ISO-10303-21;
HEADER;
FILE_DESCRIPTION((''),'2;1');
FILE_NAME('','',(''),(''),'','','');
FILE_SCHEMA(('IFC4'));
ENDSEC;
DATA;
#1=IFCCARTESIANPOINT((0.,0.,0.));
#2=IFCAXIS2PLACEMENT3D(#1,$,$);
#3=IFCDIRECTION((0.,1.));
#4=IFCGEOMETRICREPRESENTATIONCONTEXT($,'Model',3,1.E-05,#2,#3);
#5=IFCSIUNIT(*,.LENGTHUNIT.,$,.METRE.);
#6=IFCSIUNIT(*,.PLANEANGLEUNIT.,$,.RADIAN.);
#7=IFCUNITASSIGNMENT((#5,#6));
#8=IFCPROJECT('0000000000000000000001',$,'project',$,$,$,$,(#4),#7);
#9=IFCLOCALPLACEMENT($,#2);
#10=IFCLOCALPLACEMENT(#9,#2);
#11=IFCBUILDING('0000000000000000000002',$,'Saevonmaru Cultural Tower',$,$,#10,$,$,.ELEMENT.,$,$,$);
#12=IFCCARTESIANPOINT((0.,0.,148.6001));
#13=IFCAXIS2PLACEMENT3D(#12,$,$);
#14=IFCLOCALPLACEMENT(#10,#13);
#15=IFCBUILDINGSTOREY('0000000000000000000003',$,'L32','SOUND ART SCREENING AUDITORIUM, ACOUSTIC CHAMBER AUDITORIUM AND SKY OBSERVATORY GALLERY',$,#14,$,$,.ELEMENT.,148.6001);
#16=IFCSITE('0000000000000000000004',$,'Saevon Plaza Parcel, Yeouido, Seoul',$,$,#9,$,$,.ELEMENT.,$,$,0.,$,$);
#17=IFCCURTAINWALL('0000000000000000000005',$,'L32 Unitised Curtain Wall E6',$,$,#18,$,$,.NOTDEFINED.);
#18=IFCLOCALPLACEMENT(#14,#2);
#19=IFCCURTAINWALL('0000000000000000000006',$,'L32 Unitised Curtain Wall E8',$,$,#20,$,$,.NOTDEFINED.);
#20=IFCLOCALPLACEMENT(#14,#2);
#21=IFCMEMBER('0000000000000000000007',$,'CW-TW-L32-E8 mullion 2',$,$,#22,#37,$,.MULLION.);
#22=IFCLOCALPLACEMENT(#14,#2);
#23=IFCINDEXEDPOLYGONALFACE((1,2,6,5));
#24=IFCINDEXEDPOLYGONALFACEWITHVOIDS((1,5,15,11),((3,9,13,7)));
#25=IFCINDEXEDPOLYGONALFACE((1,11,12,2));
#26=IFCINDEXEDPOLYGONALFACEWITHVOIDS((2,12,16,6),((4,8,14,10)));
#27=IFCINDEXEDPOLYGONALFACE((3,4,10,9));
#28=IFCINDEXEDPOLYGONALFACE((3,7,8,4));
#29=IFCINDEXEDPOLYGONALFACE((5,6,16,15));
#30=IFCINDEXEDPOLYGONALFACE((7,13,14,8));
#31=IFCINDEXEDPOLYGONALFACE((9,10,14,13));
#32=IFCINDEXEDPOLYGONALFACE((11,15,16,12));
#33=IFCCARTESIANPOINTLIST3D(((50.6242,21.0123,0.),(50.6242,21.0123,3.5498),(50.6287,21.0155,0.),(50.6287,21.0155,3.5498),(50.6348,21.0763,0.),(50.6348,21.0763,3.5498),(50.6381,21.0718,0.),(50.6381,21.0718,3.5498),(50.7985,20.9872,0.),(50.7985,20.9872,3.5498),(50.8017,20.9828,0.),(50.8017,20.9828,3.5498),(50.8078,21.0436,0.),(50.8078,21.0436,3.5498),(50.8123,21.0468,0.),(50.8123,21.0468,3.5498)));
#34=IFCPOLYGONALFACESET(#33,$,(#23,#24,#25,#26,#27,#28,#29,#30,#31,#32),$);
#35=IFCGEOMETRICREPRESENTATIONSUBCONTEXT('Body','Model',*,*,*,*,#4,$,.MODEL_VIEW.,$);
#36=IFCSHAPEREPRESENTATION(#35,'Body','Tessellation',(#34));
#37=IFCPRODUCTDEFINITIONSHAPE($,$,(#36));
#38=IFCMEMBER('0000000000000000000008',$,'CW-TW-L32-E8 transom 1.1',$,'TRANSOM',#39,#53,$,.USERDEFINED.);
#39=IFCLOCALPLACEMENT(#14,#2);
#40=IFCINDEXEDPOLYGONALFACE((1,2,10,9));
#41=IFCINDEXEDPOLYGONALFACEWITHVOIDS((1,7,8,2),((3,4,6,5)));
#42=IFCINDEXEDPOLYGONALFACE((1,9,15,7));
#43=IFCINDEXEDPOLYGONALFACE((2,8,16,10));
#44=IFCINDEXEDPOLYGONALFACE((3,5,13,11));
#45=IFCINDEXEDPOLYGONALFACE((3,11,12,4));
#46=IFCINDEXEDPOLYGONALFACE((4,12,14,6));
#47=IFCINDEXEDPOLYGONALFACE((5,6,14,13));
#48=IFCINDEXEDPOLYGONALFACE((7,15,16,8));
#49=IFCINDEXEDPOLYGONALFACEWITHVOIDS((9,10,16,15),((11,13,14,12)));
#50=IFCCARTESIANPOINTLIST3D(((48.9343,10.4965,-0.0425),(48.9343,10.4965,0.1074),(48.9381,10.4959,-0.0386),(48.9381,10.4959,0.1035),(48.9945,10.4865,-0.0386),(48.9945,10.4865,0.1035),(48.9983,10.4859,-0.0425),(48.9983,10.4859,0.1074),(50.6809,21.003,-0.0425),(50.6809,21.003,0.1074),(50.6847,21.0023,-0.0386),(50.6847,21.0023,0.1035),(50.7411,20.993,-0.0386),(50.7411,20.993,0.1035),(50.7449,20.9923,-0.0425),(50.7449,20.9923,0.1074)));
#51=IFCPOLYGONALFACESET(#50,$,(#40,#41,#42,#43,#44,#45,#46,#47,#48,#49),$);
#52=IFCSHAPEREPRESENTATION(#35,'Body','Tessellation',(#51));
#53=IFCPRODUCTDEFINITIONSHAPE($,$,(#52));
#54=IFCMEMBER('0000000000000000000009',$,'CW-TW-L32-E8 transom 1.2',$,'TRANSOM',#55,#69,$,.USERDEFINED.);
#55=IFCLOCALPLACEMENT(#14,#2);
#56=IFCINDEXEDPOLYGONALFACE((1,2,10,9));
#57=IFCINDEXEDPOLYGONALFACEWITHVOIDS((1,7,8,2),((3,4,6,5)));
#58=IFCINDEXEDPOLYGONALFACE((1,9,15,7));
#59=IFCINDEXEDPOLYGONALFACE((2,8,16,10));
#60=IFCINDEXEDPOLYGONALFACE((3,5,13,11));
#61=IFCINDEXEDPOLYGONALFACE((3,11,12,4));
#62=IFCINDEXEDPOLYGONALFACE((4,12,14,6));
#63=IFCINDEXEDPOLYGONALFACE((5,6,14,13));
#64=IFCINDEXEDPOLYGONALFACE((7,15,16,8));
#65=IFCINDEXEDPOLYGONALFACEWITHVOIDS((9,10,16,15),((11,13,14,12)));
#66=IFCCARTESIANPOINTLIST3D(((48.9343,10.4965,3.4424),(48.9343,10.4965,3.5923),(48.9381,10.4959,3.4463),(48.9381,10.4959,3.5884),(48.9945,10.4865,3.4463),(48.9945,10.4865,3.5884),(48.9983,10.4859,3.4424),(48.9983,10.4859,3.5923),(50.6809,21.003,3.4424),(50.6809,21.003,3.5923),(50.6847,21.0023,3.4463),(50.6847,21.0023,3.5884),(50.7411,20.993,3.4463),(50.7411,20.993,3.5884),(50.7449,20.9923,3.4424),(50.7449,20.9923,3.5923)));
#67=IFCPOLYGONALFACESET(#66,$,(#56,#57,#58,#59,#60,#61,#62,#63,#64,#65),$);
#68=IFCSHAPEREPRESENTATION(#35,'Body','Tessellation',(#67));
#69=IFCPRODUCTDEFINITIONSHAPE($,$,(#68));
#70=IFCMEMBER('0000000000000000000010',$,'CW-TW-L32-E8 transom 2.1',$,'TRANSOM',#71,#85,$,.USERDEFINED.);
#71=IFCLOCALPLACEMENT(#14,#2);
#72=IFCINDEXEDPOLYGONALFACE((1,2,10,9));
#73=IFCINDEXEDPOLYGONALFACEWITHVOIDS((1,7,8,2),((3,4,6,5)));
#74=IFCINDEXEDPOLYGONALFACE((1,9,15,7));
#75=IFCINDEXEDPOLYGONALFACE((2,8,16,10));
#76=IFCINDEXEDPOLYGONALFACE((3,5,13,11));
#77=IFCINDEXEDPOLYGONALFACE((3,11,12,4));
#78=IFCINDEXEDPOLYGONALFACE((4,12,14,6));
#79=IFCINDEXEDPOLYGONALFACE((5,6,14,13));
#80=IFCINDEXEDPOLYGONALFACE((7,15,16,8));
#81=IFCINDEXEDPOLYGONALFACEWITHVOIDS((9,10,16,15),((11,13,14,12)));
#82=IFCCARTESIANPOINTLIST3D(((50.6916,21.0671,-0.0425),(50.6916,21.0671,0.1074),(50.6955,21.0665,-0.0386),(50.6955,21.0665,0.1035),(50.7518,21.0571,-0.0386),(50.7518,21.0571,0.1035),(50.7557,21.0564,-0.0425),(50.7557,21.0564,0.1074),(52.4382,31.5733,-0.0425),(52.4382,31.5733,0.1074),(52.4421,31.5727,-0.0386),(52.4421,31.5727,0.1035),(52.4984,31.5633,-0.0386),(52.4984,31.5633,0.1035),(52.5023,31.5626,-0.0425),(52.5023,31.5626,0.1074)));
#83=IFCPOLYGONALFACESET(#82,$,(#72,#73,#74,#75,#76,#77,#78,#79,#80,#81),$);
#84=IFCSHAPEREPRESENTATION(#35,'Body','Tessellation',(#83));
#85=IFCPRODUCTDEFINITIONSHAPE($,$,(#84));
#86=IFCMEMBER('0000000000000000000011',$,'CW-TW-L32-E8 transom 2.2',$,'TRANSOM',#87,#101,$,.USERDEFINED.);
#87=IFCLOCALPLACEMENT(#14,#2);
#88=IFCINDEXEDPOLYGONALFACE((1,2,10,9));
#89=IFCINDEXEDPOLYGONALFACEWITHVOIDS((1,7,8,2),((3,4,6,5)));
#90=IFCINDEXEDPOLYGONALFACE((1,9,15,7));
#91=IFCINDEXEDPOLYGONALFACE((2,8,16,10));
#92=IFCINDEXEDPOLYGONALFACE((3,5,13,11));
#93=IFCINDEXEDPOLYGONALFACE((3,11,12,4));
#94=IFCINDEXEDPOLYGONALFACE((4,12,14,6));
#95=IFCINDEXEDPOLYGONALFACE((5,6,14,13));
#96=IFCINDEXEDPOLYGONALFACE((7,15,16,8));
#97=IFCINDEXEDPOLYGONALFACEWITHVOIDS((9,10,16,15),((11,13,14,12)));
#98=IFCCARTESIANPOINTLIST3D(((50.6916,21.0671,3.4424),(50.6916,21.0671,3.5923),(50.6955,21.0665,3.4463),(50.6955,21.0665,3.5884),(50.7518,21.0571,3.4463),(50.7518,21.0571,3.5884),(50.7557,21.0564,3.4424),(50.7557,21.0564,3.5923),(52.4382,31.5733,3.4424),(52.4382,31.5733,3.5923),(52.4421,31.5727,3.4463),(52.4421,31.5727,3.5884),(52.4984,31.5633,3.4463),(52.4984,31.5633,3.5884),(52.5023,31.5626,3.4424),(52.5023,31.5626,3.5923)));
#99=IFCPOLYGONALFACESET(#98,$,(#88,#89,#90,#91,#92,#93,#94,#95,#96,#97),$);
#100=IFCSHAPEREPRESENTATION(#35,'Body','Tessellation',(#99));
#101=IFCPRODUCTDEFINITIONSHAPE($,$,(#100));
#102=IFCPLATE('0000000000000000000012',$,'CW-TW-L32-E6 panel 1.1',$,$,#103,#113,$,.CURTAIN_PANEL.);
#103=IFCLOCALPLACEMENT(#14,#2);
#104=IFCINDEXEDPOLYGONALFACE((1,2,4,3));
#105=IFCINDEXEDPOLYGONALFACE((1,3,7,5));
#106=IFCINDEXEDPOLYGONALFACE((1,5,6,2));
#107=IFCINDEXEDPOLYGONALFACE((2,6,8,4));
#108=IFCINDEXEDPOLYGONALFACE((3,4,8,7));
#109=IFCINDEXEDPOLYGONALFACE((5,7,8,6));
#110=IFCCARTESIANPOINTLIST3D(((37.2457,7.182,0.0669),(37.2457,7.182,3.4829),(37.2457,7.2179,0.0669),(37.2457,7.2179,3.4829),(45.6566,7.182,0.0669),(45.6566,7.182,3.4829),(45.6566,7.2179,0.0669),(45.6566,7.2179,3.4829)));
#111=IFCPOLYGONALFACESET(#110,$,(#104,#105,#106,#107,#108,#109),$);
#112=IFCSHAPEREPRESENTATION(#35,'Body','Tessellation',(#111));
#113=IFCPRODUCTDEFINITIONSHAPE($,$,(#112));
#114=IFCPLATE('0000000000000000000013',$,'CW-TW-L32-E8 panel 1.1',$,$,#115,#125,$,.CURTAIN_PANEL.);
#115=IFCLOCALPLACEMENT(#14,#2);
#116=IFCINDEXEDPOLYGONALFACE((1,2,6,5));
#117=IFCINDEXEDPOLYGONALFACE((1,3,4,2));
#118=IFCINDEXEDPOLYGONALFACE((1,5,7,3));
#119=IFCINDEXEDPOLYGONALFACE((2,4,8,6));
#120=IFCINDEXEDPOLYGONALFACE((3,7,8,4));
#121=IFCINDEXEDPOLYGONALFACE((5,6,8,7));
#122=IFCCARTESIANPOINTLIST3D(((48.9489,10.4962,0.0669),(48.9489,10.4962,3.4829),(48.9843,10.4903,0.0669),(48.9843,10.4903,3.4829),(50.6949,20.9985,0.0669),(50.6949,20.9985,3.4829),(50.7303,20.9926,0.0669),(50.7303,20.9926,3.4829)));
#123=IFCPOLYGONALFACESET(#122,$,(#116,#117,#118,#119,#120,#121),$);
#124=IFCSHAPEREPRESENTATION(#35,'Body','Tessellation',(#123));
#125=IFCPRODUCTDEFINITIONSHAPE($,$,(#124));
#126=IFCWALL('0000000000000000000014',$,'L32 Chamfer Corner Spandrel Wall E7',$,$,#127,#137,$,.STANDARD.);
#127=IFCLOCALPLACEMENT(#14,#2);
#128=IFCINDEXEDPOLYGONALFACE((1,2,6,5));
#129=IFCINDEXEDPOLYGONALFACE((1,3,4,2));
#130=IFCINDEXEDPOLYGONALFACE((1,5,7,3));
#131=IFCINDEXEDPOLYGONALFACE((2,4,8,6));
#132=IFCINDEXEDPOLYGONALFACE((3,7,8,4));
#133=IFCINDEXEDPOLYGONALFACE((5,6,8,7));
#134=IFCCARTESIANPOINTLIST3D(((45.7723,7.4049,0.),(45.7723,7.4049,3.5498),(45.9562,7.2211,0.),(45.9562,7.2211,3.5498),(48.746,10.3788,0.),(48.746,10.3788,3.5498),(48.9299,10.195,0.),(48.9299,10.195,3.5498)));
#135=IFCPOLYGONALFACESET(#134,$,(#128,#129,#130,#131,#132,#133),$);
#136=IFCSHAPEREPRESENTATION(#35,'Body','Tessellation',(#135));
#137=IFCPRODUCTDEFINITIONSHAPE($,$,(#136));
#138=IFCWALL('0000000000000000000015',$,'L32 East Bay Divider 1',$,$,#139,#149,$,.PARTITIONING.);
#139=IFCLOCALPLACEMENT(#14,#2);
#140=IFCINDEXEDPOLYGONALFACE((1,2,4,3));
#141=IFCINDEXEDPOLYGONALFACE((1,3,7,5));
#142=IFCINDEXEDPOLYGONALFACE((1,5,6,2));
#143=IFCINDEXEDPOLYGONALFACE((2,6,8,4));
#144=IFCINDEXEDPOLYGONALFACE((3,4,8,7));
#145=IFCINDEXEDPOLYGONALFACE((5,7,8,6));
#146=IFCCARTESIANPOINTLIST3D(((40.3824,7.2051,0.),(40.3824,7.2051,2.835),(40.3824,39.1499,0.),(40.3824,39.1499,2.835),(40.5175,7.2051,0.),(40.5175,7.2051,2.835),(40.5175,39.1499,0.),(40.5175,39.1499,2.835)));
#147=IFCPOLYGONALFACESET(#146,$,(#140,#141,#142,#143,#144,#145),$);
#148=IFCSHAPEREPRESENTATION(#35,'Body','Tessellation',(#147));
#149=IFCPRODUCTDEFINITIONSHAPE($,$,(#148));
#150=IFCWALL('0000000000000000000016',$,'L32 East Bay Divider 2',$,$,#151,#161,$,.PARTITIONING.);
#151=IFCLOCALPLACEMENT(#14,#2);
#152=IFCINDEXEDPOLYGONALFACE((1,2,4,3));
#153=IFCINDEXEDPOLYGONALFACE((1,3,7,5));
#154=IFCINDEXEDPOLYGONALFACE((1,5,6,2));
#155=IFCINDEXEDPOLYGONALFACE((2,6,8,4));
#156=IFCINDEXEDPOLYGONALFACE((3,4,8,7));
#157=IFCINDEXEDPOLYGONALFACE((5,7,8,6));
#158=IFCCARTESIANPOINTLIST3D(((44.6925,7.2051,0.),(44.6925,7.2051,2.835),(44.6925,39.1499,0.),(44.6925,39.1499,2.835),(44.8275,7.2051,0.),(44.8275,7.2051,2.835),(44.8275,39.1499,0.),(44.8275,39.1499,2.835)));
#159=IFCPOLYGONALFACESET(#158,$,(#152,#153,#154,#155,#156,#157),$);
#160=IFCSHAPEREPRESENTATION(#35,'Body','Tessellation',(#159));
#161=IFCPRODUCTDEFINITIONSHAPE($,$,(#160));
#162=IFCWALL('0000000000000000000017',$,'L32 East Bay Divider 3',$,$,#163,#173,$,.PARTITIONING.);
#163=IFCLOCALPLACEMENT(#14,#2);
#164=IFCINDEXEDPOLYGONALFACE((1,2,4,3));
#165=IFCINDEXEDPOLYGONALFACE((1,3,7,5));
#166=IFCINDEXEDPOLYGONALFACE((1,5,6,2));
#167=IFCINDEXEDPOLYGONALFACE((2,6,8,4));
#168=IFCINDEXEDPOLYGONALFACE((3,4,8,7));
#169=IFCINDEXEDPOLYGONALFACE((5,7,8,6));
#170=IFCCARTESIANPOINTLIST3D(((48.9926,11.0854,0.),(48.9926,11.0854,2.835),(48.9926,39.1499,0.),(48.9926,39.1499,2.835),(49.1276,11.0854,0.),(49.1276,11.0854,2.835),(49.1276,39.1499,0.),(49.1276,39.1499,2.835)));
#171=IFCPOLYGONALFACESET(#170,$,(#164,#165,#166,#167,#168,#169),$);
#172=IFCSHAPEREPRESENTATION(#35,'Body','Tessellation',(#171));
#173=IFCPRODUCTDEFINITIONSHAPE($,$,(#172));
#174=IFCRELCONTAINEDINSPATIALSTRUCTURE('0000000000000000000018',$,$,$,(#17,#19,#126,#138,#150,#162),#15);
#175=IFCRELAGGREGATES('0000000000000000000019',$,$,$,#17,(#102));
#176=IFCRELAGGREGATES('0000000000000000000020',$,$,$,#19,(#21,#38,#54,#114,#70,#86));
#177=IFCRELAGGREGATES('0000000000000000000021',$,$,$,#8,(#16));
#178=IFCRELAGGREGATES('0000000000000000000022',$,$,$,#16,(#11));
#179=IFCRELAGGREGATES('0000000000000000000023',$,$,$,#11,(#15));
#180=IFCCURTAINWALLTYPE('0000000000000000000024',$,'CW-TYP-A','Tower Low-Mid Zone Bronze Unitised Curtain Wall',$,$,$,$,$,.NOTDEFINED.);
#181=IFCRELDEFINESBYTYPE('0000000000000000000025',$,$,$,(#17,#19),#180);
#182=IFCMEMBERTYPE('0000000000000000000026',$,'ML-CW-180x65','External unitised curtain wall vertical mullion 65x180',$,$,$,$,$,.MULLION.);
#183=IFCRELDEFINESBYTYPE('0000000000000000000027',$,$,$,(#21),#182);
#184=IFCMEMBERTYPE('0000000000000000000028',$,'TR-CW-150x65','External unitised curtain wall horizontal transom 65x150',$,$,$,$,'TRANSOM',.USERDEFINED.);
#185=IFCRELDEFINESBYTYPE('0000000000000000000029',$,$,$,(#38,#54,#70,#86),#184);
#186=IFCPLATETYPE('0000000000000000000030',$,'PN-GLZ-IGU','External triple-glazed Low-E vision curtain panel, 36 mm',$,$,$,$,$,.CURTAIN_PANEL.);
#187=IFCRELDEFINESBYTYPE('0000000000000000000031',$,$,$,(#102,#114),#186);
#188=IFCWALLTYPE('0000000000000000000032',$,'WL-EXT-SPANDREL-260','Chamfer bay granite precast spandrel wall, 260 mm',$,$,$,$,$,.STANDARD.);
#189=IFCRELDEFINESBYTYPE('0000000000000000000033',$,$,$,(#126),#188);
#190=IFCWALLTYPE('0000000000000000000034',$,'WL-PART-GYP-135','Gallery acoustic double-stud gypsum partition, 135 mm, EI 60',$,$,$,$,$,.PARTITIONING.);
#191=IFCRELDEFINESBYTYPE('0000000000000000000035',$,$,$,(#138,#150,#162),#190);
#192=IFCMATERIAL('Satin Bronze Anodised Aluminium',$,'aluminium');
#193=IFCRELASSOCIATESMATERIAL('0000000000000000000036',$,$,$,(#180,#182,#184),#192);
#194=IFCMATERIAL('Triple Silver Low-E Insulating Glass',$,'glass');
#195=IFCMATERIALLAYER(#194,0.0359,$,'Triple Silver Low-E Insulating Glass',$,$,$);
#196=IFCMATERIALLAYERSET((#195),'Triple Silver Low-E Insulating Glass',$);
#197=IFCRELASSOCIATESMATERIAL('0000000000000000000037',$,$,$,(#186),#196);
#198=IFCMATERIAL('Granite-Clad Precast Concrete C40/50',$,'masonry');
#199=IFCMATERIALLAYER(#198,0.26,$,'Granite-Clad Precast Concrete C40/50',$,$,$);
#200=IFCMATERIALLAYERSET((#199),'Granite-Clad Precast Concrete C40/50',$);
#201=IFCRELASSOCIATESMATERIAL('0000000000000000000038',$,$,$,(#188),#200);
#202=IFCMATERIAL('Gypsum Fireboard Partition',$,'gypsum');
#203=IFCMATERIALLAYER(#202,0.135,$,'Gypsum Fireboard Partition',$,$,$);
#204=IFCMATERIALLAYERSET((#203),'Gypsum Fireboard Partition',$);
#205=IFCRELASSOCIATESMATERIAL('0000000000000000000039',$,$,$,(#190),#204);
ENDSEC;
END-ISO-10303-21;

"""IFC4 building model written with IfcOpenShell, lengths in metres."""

from ifc_helpers import new_model, si_unit, direction, frame, frame_2d, origin, origin_2d, place, context, subcontext, project, spatial, rectangle, hollow_rectangle, extrude, material, layer, layer_set, material_profile, profile_set, type_object, element, aggregate, save


model = new_model("IFC4")

# Units and contexts
model_context = context("Model", 3, precision=1e-05, world=origin(), true_north=direction((0.0, 1.0)))
body_context = subcontext(model_context, "Body", "Model", "MODEL_VIEW")
ifc_project = project(units=[si_unit("LENGTHUNIT", "METRE"), si_unit("PLANEANGLEUNIT", "RADIAN")], contexts=[model_context])

# Site, building, storey
site_placement = place(None, origin())
site = spatial("IfcSite", under=ifc_project, at=site_placement, Name="Saevon Plaza Parcel, Yeouido, Seoul", CompositionType="ELEMENT", RefElevation=0.0)
building_placement = place(site_placement, origin())
building = spatial("IfcBuilding", under=site, at=building_placement, Name="Saevonmaru Cultural Tower", CompositionType="ELEMENT")
storey_placement = place(building_placement, frame((0.0, 0.0, 148.6001)))
storey = spatial("IfcBuildingStorey", under=building, at=storey_placement, Name="L32", Description="SOUND ART SCREENING AUDITORIUM, ACOUSTIC CHAMBER AUDITORIUM AND SKY OBSERVATORY GALLERY", CompositionType="ELEMENT", Elevation=148.6001)

# Curtain wall
ifc_material_1 = material(Name="Satin Bronze Anodised Aluminium", Category="aluminium")
curtain_wall_type = type_object("IfcCurtainWallType", Name="CW-TYP-A", Description="Tower Low-Mid Zone Bronze Unitised Curtain Wall", PredefinedType="NOTDEFINED", material=ifc_material_1)
curtain_wall_1_placement = place(storey_placement, origin())
curtain_wall_1 = element("IfcCurtainWall", 1, at=curtain_wall_1_placement, inside=storey, type_object=curtain_wall_type, Name="L32 Unitised Curtain Wall E6", PredefinedType="NOTDEFINED")
ifc_material_profile_1 = material_profile(ifc_material_1, hollow_rectangle(XDim=0.0649, YDim=0.1799, WallThickness=0.0039, at=origin_2d()), Name="ALU-MULL-180x65x4")
ifc_profile_set_1 = profile_set([ifc_material_profile_1], Name="Satin Bronze Anodised Aluminium")
member_type_1 = type_object("IfcMemberType", Name="ML-CW-180x65", Description="External unitised curtain wall vertical mullion 65x180", PredefinedType="MULLION", material=ifc_profile_set_1)

# Curtain wall, members
curtain_wall_2_placement = place(storey_placement, origin())
curtain_wall_2 = element("IfcCurtainWall", 2, at=curtain_wall_2_placement, inside=storey, type_object=curtain_wall_type, Name="L32 Unitised Curtain Wall E8", PredefinedType="NOTDEFINED")
member_1_placement = place(storey_placement, frame((50.7183, 21.0295, 0.0), z_axis=(0.0, 0.0, 1.0), x_axis=(0.163999, 0.986461, 0.0)))
member_1 = element("IfcMember", 3, at=member_1_placement, type_object=member_type_1, Name="CW-TW-L32-E8 mullion 2", PredefinedType="MULLION", context=body_context, shape_type="SweptSolid", body=[
    extrude(hollow_rectangle(XDim=0.0649, YDim=0.1799, WallThickness=0.0039, at=origin_2d()), origin(), (0.0, 0.0, 1.0), 3.5498),
])
ifc_material_profile_2 = material_profile(ifc_material_1, hollow_rectangle(XDim=0.0649, YDim=0.1499, WallThickness=0.0039, at=origin_2d()), Name="ALU-TRAN-150x65x4")
ifc_profile_set_2 = profile_set([ifc_material_profile_2], Name="Satin Bronze Anodised Aluminium")
member_type_2 = type_object("IfcMemberType", Name="TR-CW-150x65", Description="External unitised curtain wall horizontal transom 65x150", ElementType="TRANSOM", PredefinedType="USERDEFINED", material=ifc_profile_set_2)
member_2_placement = place(storey_placement, frame((48.9663, 10.4912, 0.0325), z_axis=(0.16399, 0.986462, 0.0), x_axis=(-0.986462, 0.16399, 0.0)))
member_2 = element("IfcMember", 4, at=member_2_placement, type_object=member_type_2, Name="CW-TW-L32-E8 transom 1.1", ObjectType="TRANSOM", PredefinedType="USERDEFINED", context=body_context, shape_type="SweptSolid", body=[
    extrude(hollow_rectangle(XDim=0.0649, YDim=0.1499, WallThickness=0.0039, at=origin_2d()), origin(), (0.0, 0.0, 1.0), 10.6506),
])
member_3_placement = place(storey_placement, frame((48.9663, 10.4912, 3.5173), z_axis=(0.16399, 0.986462, 0.0), x_axis=(-0.986462, 0.16399, 0.0)))
member_3 = element("IfcMember", 5, at=member_3_placement, type_object=member_type_2, Name="CW-TW-L32-E8 transom 1.2", ObjectType="TRANSOM", PredefinedType="USERDEFINED", context=body_context, shape_type="SweptSolid", body=[
    extrude(hollow_rectangle(XDim=0.0649, YDim=0.1499, WallThickness=0.0039, at=origin_2d()), origin(), (0.0, 0.0, 1.0), 10.6506),
])
member_4_placement = place(storey_placement, frame((50.7236, 21.0618, 0.0325), z_axis=(0.163994, 0.986461, 0.0), x_axis=(-0.986461, 0.163994, 0.0)))
member_4 = element("IfcMember", 6, at=member_4_placement, type_object=member_type_2, Name="CW-TW-L32-E8 transom 2.1", ObjectType="TRANSOM", PredefinedType="USERDEFINED", context=body_context, shape_type="SweptSolid", body=[
    extrude(hollow_rectangle(XDim=0.0649, YDim=0.1499, WallThickness=0.0039, at=origin_2d()), origin(), (0.0, 0.0, 1.0), 10.6504),
])
member_5_placement = place(storey_placement, frame((50.7236, 21.0618, 3.5173), z_axis=(0.163994, 0.986461, 0.0), x_axis=(-0.986461, 0.163994, 0.0)))
member_5 = element("IfcMember", 7, at=member_5_placement, type_object=member_type_2, Name="CW-TW-L32-E8 transom 2.2", ObjectType="TRANSOM", PredefinedType="USERDEFINED", context=body_context, shape_type="SweptSolid", body=[
    extrude(hollow_rectangle(XDim=0.0649, YDim=0.1499, WallThickness=0.0039, at=origin_2d()), origin(), (0.0, 0.0, 1.0), 10.6504),
])

# Plates
ifc_material_2 = material(Name="Triple Silver Low-E Insulating Glass", Category="glass")
ifc_layer_1 = layer(ifc_material_2, 0.0359, Name="Triple Silver Low-E Insulating Glass")
ifc_layer_set_1 = layer_set([ifc_layer_1], Name="Triple Silver Low-E Insulating Glass")
plate_type = type_object("IfcPlateType", Name="PN-GLZ-IGU", Description="External triple-glazed Low-E vision curtain panel, 36 mm", PredefinedType="CURTAIN_PANEL", material=ifc_layer_set_1)
plate_1_placement = place(storey_placement, frame((41.4512, 7.2, 0.0669), z_axis=(0.0, 0.0, 1.0), x_axis=(1.0, 0.0, 0.0)))
plate_1 = element("IfcPlate", 8, at=plate_1_placement, type_object=plate_type, Name="CW-TW-L32-E6 panel 1.1", PredefinedType="CURTAIN_PANEL", context=body_context, shape_type="SweptSolid", body=[
    extrude(rectangle(XDim=8.4109, YDim=0.0359, at=origin_2d()), origin(), (0.0, 0.0, 1.0), 3.416),
])
aggregate(curtain_wall_1, [plate_1])
plate_2_placement = place(storey_placement, frame((49.8396, 15.7444, 0.0669), z_axis=(0.0, 0.0, 1.0), x_axis=(0.163999, 0.986461, 0.0)))
plate_2 = element("IfcPlate", 9, at=plate_2_placement, type_object=plate_type, Name="CW-TW-L32-E8 panel 1.1", PredefinedType="CURTAIN_PANEL", context=body_context, shape_type="SweptSolid", body=[
    extrude(rectangle(XDim=10.6465, YDim=0.0359, at=origin_2d()), origin(), (0.0, 0.0, 1.0), 3.416),
])
aggregate(curtain_wall_2, [member_1, member_2, member_3, plate_2, member_4, member_5])

# Walls
ifc_material_3 = material(Name="Granite-Clad Precast Concrete C40/50", Category="masonry")
ifc_layer_2 = layer(ifc_material_3, 0.26, Name="Granite-Clad Precast Concrete C40/50")
ifc_layer_set_2 = layer_set([ifc_layer_2], Name="Granite-Clad Precast Concrete C40/50")
wall_type_1 = type_object("IfcWallType", Name="WL-EXT-SPANDREL-260", Description="Chamfer bay granite precast spandrel wall, 260 mm", PredefinedType="STANDARD", material=ifc_layer_set_2)
wall_1_placement = place(storey_placement, frame((45.8643, 7.313, 0.0), z_axis=(0.0, 0.0, 1.0), x_axis=(0.707078, 0.707136, 0.0)))
element("IfcWall", 10, at=wall_1_placement, inside=storey, type_object=wall_type_1, Name="L32 Chamfer Corner Spandrel Wall E7", PredefinedType="STANDARD", context=body_context, shape_type="SweptSolid", body=[
    extrude(rectangle(XDim=4.2056, YDim=0.26, at=frame_2d((2.1028, 0.0))), origin(), (0.0, 0.0, 1.0), 3.5498),
])
ifc_material_4 = material(Name="Gypsum Fireboard Partition", Category="gypsum")
ifc_layer_3 = layer(ifc_material_4, 0.135, Name="Gypsum Fireboard Partition")
ifc_layer_set_3 = layer_set([ifc_layer_3], Name="Gypsum Fireboard Partition")
wall_type_2 = type_object("IfcWallType", Name="WL-PART-GYP-135", Description="Gallery acoustic double-stud gypsum partition, 135 mm, EI 60", PredefinedType="PARTITIONING", material=ifc_layer_set_3)
for number, where, z_axis, x_axis, name in (
    (11, (40.45, 7.2051, 0.0), (0.0, 0.0, 1.0), (0.0, 1.0, 0.0), "L32 East Bay Divider 1"),
    (12, (44.76, 7.2051, 0.0), (0.0, 0.0, 1.0), (0.0, 1.0, 0.0), "L32 East Bay Divider 2"),
):
    element("IfcWall", number, at=place(storey_placement, frame(where, z_axis=z_axis, x_axis=x_axis)), inside=storey, type_object=wall_type_2, Name=name, PredefinedType="PARTITIONING", context=body_context, shape_type="SweptSolid", body=[
        extrude(rectangle(XDim=31.9448, YDim=0.135, at=frame_2d((15.9724, 0.0))), origin(), (0.0, 0.0, 1.0), 2.835),
    ])
wall_2_placement = place(storey_placement, frame((49.0601, 11.0854, 0.0), z_axis=(0.0, 0.0, 1.0), x_axis=(0.0, 1.0, 0.0)))
element("IfcWall", 13, at=wall_2_placement, inside=storey, type_object=wall_type_2, Name="L32 East Bay Divider 3", PredefinedType="PARTITIONING", context=body_context, shape_type="SweptSolid", body=[
    extrude(rectangle(XDim=28.0645, YDim=0.135, at=frame_2d((14.0322, 0.0))), origin(), (0.0, 0.0, 1.0), 2.835),
])

save(model, "model.ifc")
